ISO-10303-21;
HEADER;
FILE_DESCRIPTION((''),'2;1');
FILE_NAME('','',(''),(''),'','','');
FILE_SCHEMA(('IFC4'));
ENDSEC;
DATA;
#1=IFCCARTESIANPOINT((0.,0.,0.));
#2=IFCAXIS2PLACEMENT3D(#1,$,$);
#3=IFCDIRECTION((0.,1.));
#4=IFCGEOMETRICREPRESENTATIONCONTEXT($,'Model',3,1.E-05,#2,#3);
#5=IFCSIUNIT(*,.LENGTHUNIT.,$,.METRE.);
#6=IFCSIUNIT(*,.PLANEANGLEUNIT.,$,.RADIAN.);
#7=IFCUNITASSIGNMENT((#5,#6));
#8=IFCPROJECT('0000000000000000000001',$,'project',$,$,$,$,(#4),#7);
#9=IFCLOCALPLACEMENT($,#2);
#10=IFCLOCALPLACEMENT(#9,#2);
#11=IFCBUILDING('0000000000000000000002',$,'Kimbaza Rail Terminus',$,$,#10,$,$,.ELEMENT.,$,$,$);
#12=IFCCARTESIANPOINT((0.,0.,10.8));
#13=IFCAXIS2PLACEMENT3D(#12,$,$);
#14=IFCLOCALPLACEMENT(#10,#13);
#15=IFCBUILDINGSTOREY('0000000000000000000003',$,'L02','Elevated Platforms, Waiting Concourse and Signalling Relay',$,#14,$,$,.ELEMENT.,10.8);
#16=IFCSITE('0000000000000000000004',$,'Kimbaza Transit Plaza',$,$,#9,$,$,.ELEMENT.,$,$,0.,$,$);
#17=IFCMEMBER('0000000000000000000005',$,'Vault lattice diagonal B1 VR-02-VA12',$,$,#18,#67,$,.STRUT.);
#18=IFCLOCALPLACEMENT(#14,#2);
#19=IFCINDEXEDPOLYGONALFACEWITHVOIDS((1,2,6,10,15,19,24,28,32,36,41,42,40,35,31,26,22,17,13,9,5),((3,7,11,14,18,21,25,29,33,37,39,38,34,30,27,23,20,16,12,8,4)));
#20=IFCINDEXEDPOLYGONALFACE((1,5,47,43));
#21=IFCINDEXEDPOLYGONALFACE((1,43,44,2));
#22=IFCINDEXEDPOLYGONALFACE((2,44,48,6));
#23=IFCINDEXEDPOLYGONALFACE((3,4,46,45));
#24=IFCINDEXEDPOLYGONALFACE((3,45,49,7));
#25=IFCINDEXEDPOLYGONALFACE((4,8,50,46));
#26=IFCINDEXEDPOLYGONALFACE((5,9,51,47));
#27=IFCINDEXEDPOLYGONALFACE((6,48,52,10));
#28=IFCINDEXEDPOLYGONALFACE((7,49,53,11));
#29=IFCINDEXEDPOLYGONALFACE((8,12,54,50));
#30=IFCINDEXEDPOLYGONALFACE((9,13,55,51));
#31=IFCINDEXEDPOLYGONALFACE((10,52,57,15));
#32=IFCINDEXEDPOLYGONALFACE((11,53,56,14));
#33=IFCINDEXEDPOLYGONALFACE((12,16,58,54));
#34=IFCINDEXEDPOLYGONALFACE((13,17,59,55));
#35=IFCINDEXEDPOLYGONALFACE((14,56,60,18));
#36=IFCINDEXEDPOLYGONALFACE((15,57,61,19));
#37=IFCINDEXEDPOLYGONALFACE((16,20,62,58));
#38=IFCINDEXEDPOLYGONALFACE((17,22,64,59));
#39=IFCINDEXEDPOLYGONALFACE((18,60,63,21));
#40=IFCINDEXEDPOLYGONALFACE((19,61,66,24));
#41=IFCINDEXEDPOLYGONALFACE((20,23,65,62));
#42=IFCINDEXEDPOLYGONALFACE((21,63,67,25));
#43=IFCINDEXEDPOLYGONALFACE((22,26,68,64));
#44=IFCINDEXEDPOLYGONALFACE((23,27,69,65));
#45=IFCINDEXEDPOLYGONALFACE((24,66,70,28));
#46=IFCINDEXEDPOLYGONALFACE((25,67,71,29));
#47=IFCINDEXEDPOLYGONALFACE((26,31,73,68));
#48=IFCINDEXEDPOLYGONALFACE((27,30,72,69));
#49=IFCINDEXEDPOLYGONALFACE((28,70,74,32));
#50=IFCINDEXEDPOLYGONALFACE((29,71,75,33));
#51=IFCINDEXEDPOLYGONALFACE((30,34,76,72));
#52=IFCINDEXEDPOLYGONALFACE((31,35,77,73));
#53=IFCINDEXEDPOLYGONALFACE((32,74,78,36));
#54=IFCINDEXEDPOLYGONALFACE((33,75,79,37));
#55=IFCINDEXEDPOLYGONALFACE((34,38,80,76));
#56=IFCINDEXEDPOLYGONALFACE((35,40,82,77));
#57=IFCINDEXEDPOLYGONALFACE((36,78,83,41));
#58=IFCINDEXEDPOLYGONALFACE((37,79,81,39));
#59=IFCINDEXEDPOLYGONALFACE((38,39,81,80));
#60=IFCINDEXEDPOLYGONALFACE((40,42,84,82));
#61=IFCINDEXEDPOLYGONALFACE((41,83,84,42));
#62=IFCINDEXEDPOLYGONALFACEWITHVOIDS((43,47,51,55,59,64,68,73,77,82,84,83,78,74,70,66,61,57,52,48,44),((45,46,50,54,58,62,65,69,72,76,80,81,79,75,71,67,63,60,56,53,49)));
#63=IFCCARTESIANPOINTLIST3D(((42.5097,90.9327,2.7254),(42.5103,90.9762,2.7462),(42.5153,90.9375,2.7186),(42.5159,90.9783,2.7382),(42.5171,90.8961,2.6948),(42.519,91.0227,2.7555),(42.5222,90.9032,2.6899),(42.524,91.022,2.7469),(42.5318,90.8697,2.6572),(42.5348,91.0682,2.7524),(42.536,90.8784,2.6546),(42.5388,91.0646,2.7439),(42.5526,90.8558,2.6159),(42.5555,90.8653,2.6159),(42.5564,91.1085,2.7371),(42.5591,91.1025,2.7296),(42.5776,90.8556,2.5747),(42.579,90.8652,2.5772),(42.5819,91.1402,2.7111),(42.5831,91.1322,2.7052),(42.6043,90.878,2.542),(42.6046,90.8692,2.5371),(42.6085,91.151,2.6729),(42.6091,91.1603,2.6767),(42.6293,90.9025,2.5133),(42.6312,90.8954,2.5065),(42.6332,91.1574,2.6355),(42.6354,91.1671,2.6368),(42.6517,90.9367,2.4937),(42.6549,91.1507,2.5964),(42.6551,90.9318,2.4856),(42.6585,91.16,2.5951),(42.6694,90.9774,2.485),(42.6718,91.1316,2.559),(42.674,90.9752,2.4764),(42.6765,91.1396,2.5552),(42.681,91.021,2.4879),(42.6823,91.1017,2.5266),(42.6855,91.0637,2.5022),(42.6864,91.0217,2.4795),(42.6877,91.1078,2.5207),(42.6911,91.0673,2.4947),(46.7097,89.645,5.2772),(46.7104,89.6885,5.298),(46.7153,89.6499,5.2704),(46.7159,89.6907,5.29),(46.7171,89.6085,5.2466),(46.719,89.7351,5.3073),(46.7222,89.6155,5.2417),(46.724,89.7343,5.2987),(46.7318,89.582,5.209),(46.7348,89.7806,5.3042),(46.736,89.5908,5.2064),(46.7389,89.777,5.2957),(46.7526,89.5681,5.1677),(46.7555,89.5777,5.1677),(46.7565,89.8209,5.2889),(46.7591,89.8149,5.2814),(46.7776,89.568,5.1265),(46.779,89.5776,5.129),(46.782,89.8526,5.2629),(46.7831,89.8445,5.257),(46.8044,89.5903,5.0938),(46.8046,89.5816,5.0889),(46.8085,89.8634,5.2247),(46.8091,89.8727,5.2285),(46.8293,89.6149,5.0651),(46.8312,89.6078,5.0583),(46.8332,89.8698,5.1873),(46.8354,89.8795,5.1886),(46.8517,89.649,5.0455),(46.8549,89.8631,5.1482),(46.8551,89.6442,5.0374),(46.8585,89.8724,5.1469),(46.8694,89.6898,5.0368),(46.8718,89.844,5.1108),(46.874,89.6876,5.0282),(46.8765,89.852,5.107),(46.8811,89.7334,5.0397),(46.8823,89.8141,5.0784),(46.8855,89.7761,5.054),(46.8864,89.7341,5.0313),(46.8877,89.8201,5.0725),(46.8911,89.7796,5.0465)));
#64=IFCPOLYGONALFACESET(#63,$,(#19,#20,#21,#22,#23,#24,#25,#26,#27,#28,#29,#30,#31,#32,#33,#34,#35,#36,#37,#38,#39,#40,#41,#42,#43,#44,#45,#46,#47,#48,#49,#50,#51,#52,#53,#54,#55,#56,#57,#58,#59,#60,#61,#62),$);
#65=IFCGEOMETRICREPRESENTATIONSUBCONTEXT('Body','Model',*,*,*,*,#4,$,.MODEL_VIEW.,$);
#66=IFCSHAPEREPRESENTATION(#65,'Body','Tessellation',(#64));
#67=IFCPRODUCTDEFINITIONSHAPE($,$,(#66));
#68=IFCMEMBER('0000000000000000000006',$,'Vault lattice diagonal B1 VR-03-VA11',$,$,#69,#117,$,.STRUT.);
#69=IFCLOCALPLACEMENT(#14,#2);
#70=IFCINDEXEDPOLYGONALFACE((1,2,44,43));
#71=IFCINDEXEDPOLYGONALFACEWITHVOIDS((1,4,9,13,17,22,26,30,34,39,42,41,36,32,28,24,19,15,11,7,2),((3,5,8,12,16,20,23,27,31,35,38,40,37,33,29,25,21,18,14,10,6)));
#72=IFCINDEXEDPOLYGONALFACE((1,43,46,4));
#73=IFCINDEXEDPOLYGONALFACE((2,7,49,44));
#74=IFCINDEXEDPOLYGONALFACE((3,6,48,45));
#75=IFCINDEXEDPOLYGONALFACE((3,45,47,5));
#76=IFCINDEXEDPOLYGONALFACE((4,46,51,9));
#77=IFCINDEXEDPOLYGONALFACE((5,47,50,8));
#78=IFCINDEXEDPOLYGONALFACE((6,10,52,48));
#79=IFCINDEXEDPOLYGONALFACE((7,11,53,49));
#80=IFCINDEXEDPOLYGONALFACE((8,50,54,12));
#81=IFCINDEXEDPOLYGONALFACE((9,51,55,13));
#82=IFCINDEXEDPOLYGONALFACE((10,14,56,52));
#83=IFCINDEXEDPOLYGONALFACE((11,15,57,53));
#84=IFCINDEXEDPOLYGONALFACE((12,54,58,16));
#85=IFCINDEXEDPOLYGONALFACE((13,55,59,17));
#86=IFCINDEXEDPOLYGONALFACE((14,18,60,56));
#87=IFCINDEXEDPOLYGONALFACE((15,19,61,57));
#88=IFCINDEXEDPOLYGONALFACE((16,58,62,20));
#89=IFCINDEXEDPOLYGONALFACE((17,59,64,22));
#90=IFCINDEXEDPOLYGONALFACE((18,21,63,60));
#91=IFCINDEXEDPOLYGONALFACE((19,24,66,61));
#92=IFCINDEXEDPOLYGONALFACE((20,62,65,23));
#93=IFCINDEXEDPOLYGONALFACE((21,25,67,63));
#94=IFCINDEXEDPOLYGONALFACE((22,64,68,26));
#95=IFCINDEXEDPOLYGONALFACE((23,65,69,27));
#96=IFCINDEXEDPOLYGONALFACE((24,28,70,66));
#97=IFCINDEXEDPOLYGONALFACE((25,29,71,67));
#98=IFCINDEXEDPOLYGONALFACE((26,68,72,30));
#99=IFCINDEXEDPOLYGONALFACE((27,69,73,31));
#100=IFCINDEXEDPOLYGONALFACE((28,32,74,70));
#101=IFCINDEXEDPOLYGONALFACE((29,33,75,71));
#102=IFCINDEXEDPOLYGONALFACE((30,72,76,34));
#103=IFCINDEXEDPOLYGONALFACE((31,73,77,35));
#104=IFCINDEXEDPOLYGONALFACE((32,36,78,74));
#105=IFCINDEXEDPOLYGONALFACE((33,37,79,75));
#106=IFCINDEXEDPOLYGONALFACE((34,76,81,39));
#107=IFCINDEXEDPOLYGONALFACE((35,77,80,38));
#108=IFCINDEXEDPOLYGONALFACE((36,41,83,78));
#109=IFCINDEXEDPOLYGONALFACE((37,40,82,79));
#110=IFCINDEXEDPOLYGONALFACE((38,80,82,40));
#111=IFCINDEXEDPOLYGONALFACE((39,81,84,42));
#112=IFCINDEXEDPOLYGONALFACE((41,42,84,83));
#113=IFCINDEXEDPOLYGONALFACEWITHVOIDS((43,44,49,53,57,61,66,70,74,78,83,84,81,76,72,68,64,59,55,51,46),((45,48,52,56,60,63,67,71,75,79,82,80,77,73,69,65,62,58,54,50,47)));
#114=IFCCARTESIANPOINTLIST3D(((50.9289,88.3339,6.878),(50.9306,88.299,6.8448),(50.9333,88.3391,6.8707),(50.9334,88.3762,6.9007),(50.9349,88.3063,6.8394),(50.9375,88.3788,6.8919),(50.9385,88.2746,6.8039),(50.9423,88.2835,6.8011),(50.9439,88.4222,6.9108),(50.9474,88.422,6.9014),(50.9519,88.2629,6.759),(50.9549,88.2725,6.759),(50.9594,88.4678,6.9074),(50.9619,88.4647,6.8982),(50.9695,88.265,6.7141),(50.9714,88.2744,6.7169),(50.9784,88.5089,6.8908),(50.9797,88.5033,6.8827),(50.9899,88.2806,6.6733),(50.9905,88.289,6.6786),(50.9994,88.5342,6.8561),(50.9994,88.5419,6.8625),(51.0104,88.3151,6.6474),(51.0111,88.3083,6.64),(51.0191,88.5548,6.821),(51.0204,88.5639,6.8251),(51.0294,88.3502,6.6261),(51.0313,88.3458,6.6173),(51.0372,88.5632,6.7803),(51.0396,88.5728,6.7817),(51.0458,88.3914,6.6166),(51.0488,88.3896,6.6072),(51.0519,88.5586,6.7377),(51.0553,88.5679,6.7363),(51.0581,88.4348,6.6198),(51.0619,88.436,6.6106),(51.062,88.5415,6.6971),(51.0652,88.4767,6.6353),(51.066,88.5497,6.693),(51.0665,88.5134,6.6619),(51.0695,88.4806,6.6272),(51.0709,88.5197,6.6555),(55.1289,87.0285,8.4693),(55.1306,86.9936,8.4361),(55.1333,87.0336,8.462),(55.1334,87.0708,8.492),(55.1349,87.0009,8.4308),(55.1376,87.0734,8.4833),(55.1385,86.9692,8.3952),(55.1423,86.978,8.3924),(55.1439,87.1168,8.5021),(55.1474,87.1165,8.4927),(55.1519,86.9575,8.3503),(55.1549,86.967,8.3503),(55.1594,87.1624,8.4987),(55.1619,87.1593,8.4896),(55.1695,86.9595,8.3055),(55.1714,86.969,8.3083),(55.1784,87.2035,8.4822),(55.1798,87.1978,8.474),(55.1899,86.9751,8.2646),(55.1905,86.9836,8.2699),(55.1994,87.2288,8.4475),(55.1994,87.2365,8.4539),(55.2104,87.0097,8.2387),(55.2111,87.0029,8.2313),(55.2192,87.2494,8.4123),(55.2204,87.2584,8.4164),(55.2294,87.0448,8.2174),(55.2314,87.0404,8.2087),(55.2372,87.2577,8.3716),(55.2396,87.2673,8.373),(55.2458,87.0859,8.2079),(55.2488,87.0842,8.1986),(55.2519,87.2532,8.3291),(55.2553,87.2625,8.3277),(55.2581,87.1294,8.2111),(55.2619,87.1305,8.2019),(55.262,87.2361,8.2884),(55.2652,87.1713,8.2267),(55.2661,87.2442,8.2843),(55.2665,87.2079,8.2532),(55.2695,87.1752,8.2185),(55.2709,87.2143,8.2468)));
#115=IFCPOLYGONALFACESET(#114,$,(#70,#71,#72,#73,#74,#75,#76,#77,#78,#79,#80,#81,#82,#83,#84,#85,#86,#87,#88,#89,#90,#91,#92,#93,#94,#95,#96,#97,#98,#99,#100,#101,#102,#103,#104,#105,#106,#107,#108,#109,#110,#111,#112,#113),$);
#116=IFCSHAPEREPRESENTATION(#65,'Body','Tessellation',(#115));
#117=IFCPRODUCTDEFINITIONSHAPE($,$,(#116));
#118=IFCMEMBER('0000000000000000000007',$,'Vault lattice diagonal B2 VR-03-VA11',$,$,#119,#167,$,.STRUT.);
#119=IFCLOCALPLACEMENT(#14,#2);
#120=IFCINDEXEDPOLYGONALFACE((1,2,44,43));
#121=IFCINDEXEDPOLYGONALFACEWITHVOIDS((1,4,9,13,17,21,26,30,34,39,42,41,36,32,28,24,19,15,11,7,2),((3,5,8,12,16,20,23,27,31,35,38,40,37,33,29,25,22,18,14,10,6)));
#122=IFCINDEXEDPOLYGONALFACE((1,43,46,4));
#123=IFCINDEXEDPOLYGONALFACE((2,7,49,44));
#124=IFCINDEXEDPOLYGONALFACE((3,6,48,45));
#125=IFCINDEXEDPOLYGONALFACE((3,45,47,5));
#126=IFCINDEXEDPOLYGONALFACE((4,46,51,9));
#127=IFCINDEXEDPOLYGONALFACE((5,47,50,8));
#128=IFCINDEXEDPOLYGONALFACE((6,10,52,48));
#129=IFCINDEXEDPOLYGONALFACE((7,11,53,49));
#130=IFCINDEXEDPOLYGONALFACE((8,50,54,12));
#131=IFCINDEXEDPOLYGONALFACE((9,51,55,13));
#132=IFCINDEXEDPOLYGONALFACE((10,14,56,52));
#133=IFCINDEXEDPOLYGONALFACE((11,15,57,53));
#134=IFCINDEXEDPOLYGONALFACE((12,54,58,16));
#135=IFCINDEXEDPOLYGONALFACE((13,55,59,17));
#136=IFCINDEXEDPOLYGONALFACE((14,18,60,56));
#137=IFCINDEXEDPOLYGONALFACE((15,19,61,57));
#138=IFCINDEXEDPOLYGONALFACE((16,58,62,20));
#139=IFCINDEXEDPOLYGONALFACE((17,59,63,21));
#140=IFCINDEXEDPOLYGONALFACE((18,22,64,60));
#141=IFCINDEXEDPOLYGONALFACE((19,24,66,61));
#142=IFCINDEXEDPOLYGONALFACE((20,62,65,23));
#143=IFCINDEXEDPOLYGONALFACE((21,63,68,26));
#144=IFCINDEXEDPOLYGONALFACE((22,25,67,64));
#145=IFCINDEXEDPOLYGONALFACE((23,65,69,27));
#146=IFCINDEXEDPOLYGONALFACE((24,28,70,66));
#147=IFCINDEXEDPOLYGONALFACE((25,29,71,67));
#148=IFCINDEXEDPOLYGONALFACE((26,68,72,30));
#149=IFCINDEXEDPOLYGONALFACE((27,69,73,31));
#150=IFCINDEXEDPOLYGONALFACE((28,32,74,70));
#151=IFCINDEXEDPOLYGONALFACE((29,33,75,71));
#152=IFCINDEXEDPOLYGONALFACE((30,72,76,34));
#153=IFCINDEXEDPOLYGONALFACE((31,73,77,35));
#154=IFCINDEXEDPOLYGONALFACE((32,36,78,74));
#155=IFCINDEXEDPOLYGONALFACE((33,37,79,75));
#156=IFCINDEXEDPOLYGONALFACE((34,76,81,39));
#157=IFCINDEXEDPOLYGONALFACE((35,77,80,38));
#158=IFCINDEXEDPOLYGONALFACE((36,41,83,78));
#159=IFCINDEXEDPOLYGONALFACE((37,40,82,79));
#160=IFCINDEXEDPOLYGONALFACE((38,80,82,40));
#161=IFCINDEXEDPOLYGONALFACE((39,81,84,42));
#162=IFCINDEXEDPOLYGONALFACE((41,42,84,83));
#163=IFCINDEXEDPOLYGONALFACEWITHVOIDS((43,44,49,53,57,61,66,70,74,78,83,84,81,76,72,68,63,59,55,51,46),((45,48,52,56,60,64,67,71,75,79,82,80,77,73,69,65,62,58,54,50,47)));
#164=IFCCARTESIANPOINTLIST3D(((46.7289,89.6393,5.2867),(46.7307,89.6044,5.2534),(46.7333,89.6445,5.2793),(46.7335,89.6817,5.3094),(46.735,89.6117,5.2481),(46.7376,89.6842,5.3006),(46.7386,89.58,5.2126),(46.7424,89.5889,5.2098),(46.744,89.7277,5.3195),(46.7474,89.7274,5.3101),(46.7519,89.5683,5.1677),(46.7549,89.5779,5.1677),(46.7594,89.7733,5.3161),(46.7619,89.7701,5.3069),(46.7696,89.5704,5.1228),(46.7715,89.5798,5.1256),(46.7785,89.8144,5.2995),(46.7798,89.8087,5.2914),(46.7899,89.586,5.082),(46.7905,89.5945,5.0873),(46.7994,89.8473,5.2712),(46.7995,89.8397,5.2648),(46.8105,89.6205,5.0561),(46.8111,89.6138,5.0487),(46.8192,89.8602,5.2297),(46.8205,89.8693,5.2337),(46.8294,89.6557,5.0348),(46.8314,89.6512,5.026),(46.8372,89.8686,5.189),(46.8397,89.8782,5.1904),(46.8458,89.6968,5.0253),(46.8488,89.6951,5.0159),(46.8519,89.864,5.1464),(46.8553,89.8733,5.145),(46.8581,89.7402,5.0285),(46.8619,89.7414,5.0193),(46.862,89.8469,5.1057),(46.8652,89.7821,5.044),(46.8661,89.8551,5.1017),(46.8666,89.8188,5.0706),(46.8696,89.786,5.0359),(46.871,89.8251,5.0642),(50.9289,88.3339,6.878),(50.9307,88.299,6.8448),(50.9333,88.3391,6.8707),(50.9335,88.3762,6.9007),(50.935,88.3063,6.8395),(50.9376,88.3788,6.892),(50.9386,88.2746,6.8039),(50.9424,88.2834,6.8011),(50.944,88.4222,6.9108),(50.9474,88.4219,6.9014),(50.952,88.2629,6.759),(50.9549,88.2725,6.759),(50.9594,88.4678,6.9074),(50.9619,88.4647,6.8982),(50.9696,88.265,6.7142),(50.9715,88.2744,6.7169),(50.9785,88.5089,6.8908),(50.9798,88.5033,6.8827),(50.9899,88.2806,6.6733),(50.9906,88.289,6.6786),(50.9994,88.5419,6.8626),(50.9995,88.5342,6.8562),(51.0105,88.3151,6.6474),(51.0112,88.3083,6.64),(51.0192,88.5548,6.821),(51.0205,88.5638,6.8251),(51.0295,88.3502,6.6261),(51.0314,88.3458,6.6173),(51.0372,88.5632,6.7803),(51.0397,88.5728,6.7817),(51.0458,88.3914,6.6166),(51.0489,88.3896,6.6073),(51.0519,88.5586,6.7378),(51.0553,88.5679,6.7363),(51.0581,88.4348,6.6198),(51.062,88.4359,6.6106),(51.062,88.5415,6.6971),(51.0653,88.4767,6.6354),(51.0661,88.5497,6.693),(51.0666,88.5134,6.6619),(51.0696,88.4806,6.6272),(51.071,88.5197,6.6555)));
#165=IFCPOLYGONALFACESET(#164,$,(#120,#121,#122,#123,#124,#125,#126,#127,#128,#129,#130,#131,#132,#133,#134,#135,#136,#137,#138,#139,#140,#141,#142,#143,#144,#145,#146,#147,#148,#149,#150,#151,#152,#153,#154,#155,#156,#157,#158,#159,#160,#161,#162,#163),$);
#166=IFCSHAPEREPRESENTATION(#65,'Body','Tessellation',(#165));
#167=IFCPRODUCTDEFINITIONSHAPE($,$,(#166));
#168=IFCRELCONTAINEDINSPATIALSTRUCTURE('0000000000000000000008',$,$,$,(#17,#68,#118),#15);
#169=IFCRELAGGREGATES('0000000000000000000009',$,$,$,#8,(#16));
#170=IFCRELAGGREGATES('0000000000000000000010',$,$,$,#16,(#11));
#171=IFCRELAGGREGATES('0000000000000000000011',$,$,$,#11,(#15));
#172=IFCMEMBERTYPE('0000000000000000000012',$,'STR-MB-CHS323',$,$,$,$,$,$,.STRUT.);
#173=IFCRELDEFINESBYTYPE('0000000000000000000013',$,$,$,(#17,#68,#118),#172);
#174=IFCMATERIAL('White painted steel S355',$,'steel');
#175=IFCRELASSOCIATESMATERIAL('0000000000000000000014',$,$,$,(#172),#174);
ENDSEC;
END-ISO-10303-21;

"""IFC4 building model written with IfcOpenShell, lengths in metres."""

from ifc_helpers import new_model, si_unit, direction, frame, origin, origin_2d, place, context, subcontext, project, spatial, hollow_circle, extrude, material, material_profile, profile_set, type_object, element, save


model = new_model("IFC4")

# Units and contexts
model_context = context("Model", 3, precision=1e-05, world=origin(), true_north=direction((0.0, 1.0)))
body_context = subcontext(model_context, "Body", "Model", "MODEL_VIEW")
ifc_project = project(units=[si_unit("LENGTHUNIT", "METRE"), si_unit("PLANEANGLEUNIT", "RADIAN")], contexts=[model_context])

# Site, building, storey
site_placement = place(None, origin())
site = spatial("IfcSite", under=ifc_project, at=site_placement, Name="Kimbaza Transit Plaza", CompositionType="ELEMENT", RefElevation=0.0)
building_placement = place(site_placement, origin())
building = spatial("IfcBuilding", under=site, at=building_placement, Name="Kimbaza Rail Terminus", CompositionType="ELEMENT")
storey_placement = place(building_placement, frame((0.0, 0.0, 10.8)))
storey = spatial("IfcBuildingStorey", under=building, at=storey_placement, Name="L02", Description="Elevated Platforms, Waiting Concourse and Signalling Relay", CompositionType="ELEMENT", Elevation=10.8)

# Members
ifc_material_1 = material(Name="White painted steel S355", Category="steel")
ifc_material_profile_1 = material_profile(ifc_material_1, hollow_circle(Radius=0.1619, WallThickness=0.01, at=origin_2d()), Name="CHS 323.9x10")
ifc_profile_set_1 = profile_set([ifc_material_profile_1], Name="White painted steel S355")
member_type_1 = type_object("IfcMemberType", Name="STR-MB-CHS323", PredefinedType="STRUT", material=ifc_profile_set_1)
member_1_placement = place(storey_placement, frame((46.8, 89.7229, 5.1677), z_axis=(-0.826721, 0.253452, -0.50229), x_axis=(-0.293109, -0.956079, 0.0)))
element("IfcMember", 1, at=member_1_placement, inside=storey, type_object=member_type_1, Name="Vault lattice diagonal B1 VR-02-VA12", PredefinedType="STRUT", context=body_context, shape_type="SweptSolid", body=[
    extrude(hollow_circle(Radius=0.1619, WallThickness=0.01, at=origin_2d()), origin(), (0.0, 0.0, 1.0), 5.0803),
])
for number, where, z_axis, x_axis, name in (
    (2, (55.2, 87.1121, 8.3503), (-0.897967, 0.279104, -0.340229), (-0.296811, -0.954936, 0.0), "Vault lattice diagonal B1 VR-03-VA11"),
    (3, (51.0, 88.4175, 6.759), (-0.897967, 0.279104, -0.340229), (-0.296811, -0.954936, 0.0), "Vault lattice diagonal B2 VR-03-VA11"),
):
    element("IfcMember", number, at=place(storey_placement, frame(where, z_axis=z_axis, x_axis=x_axis)), inside=storey, type_object=member_type_1, Name=name, PredefinedType="STRUT", context=body_context, shape_type="SweptSolid", body=[
        extrude(hollow_circle(Radius=0.1619, WallThickness=0.01, at=origin_2d()), origin(), (0.0, 0.0, 1.0), 4.6772),
    ])

save(model, "model.ifc")
